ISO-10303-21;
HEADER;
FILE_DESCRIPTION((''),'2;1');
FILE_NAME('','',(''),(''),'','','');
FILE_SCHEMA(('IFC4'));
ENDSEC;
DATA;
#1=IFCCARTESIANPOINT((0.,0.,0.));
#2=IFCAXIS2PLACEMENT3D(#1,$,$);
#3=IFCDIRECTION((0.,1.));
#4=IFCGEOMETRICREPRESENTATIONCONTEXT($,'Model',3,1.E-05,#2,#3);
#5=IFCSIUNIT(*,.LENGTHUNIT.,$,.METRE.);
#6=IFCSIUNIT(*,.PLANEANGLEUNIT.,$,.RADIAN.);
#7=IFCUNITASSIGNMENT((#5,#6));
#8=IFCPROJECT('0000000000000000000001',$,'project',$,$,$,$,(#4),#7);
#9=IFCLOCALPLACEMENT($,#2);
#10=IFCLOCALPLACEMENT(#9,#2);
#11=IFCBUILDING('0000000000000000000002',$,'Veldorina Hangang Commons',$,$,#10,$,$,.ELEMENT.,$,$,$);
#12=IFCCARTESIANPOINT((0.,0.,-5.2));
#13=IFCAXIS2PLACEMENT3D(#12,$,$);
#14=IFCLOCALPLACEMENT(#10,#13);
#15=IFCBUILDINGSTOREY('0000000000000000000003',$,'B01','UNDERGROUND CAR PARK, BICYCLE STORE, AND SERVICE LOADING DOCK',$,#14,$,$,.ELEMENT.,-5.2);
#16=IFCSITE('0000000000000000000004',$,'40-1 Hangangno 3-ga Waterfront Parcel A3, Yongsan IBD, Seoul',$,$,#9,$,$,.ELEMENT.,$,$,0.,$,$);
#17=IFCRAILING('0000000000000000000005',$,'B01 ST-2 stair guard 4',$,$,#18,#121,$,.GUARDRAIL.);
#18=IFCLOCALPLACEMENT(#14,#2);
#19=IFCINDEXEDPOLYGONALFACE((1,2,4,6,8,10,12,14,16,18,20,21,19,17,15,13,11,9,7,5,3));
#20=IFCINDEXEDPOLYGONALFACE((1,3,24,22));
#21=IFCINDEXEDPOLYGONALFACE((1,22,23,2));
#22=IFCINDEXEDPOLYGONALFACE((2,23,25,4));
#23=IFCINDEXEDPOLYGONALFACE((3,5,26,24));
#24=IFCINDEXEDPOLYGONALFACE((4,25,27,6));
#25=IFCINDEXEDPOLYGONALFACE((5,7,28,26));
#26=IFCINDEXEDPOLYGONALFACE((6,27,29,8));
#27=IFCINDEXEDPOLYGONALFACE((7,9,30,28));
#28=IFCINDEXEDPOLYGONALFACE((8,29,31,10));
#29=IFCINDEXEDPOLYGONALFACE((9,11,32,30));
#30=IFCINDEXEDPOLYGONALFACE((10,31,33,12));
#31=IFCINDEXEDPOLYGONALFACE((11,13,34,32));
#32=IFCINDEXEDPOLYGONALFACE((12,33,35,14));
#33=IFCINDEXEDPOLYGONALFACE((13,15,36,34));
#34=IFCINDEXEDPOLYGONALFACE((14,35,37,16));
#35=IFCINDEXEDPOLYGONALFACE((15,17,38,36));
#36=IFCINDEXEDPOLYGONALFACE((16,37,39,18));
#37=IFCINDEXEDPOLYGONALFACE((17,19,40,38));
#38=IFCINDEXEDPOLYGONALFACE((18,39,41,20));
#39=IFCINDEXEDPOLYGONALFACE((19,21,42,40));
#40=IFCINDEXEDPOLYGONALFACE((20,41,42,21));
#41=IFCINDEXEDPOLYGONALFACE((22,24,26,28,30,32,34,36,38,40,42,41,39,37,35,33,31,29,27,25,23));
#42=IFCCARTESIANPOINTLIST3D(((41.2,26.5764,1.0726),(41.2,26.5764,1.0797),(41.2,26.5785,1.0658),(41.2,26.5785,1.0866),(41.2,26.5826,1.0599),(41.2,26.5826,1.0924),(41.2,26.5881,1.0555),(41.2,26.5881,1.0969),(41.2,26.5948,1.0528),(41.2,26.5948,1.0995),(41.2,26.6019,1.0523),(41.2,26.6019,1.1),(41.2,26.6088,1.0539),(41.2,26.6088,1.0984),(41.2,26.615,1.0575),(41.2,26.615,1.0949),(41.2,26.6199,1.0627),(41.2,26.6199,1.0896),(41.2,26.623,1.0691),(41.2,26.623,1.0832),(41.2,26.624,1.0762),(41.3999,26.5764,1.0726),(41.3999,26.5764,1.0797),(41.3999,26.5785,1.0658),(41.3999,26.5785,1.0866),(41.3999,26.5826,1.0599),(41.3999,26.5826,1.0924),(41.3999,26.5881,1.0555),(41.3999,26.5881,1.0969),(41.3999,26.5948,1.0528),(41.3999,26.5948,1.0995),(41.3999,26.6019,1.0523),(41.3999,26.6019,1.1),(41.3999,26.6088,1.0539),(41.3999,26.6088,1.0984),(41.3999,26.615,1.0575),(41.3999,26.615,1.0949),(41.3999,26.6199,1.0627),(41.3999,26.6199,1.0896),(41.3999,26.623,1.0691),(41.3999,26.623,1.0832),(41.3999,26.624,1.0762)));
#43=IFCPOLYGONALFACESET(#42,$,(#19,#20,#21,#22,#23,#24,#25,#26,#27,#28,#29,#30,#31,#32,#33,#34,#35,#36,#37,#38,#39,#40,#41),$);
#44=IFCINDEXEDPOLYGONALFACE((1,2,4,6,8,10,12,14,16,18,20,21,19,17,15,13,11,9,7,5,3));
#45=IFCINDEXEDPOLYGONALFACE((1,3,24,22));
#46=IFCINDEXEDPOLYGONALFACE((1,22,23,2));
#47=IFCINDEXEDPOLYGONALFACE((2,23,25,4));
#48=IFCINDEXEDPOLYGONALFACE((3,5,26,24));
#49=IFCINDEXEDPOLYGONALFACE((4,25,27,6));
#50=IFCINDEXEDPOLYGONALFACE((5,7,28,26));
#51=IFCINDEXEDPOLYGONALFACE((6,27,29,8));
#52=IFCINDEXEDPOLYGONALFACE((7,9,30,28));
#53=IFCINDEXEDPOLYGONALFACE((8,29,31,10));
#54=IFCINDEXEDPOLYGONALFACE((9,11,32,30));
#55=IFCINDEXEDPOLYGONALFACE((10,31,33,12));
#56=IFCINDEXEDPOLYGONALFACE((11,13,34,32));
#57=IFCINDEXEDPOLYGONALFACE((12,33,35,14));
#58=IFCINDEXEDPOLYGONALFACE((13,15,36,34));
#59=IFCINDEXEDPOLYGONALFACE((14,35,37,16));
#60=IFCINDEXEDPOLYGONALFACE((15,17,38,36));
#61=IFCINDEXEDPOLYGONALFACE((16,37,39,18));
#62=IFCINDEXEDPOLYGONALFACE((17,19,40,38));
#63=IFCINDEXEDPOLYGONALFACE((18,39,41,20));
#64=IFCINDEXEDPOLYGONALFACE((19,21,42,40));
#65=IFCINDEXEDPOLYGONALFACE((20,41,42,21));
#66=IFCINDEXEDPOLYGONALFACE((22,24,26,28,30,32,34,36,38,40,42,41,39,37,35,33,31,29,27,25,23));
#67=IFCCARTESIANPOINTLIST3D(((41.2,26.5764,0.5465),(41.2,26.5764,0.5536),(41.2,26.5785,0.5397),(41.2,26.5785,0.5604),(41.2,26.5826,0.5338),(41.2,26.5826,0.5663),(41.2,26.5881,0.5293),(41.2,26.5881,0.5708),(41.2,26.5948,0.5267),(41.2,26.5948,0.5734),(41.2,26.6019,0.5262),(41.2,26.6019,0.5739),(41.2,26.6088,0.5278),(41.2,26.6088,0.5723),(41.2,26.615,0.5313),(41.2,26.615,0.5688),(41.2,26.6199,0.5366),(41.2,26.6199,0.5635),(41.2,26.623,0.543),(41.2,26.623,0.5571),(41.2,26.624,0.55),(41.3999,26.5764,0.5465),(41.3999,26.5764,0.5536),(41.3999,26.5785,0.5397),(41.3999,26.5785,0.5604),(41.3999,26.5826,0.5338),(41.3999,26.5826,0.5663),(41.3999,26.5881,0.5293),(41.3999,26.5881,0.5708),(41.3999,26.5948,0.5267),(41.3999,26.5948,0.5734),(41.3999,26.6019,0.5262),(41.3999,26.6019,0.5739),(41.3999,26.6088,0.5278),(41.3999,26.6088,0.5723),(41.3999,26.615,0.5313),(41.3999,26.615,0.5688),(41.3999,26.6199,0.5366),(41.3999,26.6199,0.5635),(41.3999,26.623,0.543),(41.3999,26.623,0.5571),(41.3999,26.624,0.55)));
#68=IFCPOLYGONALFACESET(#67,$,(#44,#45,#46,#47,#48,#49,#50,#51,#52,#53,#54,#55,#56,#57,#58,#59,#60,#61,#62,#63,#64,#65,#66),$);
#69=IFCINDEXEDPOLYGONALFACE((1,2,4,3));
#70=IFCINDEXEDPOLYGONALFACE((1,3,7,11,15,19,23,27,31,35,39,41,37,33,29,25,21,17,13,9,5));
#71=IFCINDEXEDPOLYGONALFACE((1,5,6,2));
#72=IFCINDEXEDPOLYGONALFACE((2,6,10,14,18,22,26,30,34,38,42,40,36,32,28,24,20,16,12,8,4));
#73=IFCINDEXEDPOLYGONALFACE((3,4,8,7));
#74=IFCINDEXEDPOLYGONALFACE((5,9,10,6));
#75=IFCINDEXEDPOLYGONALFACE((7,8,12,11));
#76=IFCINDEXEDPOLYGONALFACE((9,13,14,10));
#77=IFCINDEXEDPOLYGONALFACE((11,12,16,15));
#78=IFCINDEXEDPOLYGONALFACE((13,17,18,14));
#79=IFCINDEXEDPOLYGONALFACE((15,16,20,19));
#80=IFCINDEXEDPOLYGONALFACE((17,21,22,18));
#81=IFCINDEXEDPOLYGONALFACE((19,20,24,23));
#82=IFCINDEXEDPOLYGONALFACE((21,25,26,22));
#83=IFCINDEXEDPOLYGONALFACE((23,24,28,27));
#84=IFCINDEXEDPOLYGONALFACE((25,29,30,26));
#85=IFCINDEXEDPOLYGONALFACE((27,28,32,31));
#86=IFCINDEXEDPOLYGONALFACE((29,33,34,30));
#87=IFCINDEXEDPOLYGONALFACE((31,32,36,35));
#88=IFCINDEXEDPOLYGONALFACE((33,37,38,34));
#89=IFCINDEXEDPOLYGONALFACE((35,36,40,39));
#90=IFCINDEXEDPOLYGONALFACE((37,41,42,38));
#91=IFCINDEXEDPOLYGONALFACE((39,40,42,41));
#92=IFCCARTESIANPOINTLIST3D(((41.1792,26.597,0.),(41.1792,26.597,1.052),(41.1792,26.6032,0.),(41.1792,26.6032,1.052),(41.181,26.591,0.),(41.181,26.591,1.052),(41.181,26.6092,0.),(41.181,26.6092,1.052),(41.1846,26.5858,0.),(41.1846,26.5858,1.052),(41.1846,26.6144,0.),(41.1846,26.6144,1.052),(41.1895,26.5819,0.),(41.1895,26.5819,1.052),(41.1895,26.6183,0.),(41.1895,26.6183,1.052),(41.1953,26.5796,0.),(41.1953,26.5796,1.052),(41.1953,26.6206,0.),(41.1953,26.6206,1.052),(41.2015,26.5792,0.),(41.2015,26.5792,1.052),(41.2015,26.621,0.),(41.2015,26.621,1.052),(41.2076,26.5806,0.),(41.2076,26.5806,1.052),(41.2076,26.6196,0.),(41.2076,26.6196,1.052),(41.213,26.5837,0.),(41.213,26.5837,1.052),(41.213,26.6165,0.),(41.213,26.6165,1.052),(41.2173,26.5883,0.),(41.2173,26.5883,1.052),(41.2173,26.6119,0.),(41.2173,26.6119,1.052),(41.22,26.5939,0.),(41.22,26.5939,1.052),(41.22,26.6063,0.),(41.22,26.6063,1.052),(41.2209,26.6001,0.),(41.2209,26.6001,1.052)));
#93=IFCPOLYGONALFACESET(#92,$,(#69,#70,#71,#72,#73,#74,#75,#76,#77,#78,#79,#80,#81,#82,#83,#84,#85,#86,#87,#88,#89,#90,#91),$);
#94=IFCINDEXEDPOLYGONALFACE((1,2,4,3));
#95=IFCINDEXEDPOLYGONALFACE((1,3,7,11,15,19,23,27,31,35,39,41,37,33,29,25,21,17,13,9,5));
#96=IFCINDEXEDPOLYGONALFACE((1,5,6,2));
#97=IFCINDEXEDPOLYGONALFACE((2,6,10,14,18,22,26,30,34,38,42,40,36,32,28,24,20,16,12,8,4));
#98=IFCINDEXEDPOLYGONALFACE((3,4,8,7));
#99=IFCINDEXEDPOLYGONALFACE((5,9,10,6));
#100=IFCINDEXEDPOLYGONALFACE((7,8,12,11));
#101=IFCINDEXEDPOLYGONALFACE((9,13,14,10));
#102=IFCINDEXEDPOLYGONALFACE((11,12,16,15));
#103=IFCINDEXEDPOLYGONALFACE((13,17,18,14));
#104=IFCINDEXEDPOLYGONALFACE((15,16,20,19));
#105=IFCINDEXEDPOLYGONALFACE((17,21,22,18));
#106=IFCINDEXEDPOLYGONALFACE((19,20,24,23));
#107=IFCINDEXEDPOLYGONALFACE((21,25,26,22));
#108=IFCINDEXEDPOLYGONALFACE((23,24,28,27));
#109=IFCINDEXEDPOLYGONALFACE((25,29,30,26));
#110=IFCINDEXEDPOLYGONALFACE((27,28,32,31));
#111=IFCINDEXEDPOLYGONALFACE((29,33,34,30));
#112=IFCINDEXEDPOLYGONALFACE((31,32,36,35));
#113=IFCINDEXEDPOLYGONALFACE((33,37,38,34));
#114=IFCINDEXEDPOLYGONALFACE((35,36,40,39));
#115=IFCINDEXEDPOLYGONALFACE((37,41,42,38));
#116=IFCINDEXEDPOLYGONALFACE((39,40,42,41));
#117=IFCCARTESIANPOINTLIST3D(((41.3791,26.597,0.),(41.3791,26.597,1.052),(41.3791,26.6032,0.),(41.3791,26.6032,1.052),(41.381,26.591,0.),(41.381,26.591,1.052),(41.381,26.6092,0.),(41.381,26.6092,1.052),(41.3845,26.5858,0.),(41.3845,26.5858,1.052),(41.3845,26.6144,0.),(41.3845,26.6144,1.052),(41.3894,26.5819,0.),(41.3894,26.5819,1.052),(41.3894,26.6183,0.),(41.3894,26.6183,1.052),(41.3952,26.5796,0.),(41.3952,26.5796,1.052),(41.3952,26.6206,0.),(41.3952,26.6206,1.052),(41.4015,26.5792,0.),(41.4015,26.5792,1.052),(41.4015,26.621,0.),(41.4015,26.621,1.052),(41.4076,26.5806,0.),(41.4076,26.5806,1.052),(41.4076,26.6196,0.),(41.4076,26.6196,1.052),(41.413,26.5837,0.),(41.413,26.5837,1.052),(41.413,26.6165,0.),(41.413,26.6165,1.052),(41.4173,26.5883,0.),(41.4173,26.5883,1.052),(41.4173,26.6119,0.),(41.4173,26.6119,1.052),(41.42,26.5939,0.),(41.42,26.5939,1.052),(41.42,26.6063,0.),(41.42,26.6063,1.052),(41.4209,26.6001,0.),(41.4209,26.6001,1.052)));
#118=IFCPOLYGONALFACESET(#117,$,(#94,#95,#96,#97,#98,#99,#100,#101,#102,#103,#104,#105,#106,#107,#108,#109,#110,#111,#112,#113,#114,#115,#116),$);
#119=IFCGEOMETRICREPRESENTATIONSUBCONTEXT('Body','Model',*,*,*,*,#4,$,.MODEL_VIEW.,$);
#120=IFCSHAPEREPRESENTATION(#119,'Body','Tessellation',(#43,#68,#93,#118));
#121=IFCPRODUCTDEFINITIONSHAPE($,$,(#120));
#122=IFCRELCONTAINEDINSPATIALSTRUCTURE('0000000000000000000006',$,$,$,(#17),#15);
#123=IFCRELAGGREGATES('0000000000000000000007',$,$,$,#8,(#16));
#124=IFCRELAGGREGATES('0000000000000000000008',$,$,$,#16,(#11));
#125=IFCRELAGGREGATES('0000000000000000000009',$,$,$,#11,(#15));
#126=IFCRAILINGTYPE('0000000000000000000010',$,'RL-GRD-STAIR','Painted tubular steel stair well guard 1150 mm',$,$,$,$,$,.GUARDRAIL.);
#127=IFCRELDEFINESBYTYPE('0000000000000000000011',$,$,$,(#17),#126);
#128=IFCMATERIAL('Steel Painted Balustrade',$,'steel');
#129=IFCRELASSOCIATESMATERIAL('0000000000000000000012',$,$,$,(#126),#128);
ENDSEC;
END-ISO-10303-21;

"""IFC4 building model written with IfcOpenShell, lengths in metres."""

from ifc_helpers import new_model, si_unit, direction, frame, origin, origin_2d, place, context, subcontext, project, spatial, circle, extrude, material, type_object, element, save


model = new_model("IFC4")

# Units and contexts
model_context = context("Model", 3, precision=1e-05, world=origin(), true_north=direction((0.0, 1.0)))
body_context = subcontext(model_context, "Body", "Model", "MODEL_VIEW")
ifc_project = project(units=[si_unit("LENGTHUNIT", "METRE"), si_unit("PLANEANGLEUNIT", "RADIAN")], contexts=[model_context])

# Site, building, storey
site_placement = place(None, origin())
site = spatial("IfcSite", under=ifc_project, at=site_placement, Name="40-1 Hangangno 3-ga Waterfront Parcel A3, Yongsan IBD, Seoul", CompositionType="ELEMENT", RefElevation=0.0)
building_placement = place(site_placement, origin())
building = spatial("IfcBuilding", under=site, at=building_placement, Name="Veldorina Hangang Commons", CompositionType="ELEMENT")
storey_placement = place(building_placement, frame((0.0, 0.0, -5.2)))
storey = spatial("IfcBuildingStorey", under=building, at=storey_placement, Name="B01", Description="UNDERGROUND CAR PARK, BICYCLE STORE, AND SERVICE LOADING DOCK", CompositionType="ELEMENT", Elevation=-5.2)

# Railing
ifc_material_1 = material(Name="Steel Painted Balustrade", Category="steel")
railing_type_1 = type_object("IfcRailingType", Name="RL-GRD-STAIR", Description="Painted tubular steel stair well guard 1150 mm", PredefinedType="GUARDRAIL", material=ifc_material_1)
railing_1_placement = place(storey_placement, frame((41.2, 26.6001, 0.0)))
element("IfcRailing", 1, at=railing_1_placement, inside=storey, type_object=railing_type_1, Name="B01 ST-2 stair guard 4", PredefinedType="GUARDRAIL", context=body_context, shape_type="SweptSolid", body=[
    extrude(circle(Radius=0.0239, at=origin_2d()), frame((0.0, 0.0, 1.0762), z_axis=(1.0, 0.0, 0.0), x_axis=(0.0, 1.0, 0.0)), (0.0, 0.0, 1.0), 0.2),
    extrude(circle(Radius=0.0239, at=origin_2d()), frame((0.0, 0.0, 0.55), z_axis=(1.0, 0.0, 0.0), x_axis=(0.0, 1.0, 0.0)), (0.0, 0.0, 1.0), 0.2),
    extrude(circle(Radius=0.021, at=origin_2d()), origin(), (0.0, 0.0, 1.0), 1.052),
    extrude(circle(Radius=0.021, at=origin_2d()), frame((0.2, 0.0, 0.0)), (0.0, 0.0, 1.0), 1.052),
])

save(model, "model.ifc")
